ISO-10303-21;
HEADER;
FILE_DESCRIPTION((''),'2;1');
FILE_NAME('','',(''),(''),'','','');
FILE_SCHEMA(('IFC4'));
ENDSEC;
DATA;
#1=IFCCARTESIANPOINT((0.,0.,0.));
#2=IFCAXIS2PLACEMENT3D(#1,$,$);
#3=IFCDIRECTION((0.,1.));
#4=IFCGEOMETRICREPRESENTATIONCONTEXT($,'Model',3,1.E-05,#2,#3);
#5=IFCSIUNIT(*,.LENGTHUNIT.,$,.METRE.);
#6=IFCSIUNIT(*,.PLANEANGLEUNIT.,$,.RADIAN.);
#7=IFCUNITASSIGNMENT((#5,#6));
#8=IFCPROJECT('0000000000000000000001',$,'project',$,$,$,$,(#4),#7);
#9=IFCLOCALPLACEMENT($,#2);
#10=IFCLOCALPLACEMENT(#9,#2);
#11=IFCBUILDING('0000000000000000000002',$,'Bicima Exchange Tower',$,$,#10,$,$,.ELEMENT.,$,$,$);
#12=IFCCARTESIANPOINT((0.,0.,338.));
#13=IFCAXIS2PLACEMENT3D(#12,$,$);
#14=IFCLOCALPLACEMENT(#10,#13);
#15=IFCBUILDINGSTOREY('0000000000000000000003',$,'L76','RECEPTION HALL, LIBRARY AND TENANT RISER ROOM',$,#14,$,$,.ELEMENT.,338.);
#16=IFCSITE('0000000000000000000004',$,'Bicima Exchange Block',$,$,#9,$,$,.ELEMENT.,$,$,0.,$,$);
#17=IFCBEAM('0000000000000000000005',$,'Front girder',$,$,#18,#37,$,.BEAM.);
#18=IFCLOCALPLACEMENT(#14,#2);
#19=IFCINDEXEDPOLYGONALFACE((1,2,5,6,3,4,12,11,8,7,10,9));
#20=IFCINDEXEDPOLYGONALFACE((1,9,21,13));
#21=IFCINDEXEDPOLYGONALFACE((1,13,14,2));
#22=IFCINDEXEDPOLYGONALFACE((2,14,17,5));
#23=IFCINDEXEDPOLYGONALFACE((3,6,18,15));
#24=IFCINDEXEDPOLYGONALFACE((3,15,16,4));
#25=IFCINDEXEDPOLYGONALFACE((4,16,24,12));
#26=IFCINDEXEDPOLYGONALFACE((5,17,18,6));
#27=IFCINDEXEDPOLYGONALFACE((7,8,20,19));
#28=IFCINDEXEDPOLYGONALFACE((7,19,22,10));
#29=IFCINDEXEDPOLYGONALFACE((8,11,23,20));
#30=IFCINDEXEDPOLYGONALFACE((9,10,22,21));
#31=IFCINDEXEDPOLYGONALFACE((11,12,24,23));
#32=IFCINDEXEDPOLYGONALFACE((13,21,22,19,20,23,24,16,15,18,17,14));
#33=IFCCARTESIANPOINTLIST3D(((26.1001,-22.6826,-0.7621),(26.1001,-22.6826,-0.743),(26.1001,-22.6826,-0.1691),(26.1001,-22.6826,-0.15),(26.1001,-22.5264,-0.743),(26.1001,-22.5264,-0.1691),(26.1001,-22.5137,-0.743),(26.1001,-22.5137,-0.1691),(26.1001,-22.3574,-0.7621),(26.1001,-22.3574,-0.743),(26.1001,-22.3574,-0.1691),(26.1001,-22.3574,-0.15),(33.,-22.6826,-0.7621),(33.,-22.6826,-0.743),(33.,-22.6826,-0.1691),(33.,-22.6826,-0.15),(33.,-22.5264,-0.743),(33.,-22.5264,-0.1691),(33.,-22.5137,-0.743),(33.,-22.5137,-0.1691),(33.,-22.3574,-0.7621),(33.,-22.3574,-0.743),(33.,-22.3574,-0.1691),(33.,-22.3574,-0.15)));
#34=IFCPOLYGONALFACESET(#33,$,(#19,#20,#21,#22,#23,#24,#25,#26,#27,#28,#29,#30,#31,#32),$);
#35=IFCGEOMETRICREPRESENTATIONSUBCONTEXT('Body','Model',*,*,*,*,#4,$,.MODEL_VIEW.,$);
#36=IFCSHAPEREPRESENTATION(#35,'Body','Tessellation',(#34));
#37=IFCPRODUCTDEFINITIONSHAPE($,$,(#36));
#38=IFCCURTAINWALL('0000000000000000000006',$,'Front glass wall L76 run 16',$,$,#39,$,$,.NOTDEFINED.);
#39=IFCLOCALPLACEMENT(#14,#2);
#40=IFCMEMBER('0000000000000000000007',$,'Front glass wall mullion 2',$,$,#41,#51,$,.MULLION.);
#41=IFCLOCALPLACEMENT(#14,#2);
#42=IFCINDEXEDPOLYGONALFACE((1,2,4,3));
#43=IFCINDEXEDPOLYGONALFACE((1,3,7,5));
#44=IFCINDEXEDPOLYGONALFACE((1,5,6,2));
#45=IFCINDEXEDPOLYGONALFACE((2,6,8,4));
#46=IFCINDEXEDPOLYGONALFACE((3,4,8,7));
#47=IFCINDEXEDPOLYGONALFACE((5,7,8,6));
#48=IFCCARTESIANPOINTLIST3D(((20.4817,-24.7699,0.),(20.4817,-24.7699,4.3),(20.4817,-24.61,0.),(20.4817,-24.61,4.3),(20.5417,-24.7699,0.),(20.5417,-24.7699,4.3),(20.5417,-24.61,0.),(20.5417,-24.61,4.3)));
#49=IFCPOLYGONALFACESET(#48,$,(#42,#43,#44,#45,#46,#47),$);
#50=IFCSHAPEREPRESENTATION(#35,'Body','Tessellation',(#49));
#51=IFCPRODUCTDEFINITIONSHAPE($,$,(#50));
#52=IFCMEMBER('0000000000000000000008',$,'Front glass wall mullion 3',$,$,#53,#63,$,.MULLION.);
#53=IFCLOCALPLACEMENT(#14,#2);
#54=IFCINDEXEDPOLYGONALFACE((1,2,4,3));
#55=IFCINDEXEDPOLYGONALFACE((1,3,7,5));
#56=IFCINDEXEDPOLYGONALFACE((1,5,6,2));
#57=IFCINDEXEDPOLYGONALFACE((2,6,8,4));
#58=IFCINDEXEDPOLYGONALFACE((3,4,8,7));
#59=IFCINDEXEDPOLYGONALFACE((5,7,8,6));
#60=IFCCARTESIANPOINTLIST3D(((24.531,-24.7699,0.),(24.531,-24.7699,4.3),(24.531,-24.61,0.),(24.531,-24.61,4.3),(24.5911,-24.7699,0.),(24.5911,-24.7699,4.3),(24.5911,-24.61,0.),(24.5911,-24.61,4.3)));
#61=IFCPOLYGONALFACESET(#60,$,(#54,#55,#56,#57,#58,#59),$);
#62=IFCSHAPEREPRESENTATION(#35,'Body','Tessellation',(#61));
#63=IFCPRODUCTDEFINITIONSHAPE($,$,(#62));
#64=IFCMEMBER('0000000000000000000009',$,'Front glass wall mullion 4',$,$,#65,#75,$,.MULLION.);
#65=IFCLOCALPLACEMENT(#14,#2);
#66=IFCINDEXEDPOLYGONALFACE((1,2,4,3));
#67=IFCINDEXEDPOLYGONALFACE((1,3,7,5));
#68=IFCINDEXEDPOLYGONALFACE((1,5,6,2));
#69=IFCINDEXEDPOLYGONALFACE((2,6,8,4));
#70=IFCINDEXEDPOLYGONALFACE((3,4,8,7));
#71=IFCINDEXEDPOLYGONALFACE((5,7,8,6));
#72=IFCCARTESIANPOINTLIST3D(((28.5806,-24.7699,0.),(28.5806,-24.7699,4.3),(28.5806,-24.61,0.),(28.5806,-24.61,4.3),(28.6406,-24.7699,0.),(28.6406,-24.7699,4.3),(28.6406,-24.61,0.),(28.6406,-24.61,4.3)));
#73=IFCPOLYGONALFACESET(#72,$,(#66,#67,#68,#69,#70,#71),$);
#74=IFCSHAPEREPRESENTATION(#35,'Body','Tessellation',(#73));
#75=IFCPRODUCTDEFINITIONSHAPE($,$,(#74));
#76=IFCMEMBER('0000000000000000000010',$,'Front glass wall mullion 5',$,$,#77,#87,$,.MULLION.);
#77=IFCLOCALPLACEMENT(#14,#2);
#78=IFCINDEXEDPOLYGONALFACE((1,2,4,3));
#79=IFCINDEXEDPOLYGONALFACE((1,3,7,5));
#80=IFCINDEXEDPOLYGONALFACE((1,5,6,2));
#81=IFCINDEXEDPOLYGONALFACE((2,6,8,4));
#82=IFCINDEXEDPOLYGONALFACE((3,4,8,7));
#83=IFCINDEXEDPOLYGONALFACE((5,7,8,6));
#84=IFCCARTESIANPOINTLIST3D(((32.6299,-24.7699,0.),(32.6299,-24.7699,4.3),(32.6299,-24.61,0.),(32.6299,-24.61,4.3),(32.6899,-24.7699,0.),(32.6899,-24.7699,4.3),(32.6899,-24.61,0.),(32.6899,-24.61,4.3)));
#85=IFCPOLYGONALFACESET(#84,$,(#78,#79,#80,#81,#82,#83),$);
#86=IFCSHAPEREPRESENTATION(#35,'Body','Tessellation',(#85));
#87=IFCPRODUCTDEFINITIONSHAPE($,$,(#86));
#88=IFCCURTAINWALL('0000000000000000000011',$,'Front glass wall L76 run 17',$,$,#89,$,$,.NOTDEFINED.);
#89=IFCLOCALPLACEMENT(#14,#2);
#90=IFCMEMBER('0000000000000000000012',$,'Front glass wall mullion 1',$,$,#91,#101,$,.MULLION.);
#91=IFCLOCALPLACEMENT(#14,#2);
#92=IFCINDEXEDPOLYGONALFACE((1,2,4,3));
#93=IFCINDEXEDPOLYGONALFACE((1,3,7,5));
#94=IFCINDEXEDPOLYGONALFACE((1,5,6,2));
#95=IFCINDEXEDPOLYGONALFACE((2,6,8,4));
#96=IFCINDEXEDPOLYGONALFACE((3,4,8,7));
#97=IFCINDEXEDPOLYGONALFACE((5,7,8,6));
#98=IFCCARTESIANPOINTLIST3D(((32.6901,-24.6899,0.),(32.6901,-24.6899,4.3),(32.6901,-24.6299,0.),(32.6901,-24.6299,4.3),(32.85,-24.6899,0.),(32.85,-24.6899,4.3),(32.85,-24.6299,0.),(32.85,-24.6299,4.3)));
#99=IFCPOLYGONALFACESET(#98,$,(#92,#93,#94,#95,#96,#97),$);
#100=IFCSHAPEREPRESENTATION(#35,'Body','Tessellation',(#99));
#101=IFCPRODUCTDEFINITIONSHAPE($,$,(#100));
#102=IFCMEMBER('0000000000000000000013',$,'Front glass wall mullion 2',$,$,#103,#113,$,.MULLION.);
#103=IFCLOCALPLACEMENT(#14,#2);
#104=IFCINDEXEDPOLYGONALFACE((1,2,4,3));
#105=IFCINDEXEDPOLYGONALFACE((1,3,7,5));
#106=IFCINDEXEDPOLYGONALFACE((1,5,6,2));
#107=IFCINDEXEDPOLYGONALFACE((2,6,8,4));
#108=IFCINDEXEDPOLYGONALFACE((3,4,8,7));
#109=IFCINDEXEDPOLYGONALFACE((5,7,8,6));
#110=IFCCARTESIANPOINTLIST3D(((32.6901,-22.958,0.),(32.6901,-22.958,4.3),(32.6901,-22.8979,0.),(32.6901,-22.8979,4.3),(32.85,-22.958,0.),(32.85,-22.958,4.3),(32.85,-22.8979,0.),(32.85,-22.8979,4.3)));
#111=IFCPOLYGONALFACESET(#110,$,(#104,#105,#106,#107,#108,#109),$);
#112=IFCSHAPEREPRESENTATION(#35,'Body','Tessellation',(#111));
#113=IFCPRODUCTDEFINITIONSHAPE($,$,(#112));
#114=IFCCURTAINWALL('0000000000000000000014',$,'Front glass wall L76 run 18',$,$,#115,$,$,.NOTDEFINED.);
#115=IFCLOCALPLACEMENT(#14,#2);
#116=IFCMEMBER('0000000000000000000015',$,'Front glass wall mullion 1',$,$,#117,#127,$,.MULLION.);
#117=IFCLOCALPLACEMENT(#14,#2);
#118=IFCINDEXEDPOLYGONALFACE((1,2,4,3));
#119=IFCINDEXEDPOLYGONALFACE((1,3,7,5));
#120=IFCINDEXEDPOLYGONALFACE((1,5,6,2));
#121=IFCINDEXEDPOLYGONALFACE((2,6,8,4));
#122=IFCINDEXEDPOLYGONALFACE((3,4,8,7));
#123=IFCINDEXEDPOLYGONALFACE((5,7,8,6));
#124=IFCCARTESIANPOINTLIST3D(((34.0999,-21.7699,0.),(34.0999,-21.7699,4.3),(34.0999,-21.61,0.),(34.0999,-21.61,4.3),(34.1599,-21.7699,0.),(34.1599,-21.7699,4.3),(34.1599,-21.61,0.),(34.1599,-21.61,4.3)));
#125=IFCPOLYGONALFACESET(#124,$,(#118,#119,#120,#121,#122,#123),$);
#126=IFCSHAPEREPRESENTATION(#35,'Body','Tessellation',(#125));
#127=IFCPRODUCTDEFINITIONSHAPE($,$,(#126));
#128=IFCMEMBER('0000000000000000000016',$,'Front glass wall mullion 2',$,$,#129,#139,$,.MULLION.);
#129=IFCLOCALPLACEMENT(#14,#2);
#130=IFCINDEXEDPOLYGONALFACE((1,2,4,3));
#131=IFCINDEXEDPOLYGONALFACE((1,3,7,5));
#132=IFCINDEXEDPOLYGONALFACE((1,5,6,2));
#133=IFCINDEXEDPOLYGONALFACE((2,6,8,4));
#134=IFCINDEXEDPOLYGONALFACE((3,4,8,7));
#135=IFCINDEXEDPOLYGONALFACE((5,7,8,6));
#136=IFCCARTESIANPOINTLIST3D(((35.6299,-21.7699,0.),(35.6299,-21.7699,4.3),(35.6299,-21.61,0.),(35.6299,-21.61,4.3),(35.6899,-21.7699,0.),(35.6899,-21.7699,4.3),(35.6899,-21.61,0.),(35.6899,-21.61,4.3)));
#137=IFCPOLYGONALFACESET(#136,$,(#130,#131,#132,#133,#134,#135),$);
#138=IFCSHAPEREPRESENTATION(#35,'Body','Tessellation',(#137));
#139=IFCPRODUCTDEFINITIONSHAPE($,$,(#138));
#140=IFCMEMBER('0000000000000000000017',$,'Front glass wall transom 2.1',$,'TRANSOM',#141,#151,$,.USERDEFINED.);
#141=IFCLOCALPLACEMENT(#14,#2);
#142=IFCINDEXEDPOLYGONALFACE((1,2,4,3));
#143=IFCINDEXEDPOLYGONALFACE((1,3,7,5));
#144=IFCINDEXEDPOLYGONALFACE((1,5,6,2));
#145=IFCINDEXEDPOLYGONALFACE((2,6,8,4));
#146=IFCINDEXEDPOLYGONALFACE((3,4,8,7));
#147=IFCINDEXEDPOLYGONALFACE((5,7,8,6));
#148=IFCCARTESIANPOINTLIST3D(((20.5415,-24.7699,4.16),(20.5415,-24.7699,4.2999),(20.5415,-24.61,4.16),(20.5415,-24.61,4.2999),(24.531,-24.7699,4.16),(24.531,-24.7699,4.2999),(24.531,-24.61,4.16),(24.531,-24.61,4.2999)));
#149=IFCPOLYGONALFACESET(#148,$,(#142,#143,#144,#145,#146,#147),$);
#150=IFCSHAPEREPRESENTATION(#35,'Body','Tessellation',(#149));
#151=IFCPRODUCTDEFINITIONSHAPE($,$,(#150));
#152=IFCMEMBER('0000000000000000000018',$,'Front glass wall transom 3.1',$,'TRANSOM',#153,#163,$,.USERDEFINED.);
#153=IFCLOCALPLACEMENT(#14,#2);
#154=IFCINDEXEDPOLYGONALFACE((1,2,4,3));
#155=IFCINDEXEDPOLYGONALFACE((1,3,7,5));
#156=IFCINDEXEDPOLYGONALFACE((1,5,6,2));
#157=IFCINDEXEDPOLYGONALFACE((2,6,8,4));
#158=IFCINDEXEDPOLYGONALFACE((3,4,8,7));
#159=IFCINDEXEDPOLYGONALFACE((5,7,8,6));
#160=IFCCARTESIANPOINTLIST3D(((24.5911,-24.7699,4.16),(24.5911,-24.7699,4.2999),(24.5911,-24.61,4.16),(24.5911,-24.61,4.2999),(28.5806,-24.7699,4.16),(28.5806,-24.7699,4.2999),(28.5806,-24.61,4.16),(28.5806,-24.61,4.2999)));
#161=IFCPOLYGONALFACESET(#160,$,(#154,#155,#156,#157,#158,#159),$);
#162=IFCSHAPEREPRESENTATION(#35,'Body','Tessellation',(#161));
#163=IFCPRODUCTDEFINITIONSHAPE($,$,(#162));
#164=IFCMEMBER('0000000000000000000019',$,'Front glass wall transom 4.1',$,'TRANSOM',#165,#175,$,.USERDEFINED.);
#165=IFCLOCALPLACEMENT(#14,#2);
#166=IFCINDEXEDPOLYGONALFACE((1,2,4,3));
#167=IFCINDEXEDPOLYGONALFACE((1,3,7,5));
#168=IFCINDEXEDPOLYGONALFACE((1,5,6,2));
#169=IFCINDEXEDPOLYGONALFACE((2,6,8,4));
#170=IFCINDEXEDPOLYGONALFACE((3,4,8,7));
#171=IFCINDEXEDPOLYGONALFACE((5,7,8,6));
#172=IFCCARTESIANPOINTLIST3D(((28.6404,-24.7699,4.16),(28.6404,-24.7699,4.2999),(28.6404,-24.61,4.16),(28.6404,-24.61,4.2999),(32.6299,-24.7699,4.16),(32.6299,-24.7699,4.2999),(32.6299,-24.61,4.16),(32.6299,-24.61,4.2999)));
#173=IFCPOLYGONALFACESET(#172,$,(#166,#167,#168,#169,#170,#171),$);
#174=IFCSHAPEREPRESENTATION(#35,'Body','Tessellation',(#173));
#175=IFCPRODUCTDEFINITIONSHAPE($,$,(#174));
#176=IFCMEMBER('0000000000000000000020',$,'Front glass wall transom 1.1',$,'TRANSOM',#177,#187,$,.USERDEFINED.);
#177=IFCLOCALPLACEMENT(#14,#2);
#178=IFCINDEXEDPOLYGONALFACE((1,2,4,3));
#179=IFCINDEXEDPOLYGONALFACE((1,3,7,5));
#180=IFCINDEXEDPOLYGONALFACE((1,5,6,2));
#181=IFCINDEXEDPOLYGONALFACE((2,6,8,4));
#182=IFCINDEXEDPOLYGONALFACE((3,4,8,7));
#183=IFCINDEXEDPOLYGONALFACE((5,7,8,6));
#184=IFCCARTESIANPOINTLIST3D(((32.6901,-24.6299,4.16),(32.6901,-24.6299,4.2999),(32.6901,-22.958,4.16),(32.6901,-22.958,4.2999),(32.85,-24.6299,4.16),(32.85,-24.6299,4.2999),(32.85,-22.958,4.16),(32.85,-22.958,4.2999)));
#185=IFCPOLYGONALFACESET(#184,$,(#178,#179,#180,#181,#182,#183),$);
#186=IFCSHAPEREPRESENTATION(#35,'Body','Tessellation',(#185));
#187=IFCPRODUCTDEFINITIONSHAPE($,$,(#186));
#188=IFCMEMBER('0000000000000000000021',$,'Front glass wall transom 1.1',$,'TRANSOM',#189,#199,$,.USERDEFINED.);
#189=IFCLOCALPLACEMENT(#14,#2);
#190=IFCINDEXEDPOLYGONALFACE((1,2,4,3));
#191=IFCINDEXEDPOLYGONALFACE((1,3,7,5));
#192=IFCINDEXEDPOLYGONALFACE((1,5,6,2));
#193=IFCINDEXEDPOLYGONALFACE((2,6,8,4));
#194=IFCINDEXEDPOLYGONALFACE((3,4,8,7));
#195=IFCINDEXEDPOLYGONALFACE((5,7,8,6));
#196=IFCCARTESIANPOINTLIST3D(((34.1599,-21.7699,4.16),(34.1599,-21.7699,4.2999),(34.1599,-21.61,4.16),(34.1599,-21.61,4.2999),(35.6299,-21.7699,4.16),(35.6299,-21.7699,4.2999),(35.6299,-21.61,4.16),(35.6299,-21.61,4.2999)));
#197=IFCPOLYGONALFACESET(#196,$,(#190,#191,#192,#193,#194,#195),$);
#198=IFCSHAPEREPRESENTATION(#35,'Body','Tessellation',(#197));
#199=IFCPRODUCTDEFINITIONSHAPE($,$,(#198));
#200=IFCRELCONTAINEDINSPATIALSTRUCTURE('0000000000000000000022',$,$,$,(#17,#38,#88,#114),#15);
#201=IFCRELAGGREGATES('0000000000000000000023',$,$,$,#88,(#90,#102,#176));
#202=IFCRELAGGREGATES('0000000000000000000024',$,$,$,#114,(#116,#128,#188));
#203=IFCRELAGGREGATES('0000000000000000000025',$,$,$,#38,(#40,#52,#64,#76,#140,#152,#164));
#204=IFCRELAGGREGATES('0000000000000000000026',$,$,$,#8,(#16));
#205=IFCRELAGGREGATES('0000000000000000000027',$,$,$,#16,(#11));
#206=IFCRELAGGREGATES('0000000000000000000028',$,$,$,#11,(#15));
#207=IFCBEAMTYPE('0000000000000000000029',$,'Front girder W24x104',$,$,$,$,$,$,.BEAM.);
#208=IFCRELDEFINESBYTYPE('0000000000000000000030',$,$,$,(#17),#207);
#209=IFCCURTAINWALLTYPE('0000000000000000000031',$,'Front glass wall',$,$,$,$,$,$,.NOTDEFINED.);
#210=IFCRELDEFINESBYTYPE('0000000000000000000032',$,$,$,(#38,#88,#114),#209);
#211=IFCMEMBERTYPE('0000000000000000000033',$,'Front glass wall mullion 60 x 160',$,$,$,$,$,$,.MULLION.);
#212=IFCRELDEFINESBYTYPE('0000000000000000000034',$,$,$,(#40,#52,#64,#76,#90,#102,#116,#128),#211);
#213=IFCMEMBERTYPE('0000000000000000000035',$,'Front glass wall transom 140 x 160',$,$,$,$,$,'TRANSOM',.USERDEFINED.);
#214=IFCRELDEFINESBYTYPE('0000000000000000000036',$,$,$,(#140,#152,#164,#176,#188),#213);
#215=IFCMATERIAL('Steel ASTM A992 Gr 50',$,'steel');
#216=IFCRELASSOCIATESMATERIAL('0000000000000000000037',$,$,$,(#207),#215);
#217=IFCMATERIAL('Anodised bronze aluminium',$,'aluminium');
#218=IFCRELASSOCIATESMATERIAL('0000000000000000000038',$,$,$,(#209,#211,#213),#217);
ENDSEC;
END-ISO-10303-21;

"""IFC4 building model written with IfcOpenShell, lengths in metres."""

from ifc_helpers import new_model, si_unit, direction, frame, origin, origin_2d, place, context, subcontext, project, spatial, rectangle, i_section, extrude, material, material_profile, profile_set, type_object, element, aggregate, save


model = new_model("IFC4")

# Units and contexts
model_context = context("Model", 3, precision=1e-05, world=origin(), true_north=direction((0.0, 1.0)))
body_context = subcontext(model_context, "Body", "Model", "MODEL_VIEW")
ifc_project = project(units=[si_unit("LENGTHUNIT", "METRE"), si_unit("PLANEANGLEUNIT", "RADIAN")], contexts=[model_context])

# Site, building, storey
site_placement = place(None, origin())
site = spatial("IfcSite", under=ifc_project, at=site_placement, Name="Bicima Exchange Block", CompositionType="ELEMENT", RefElevation=0.0)
building_placement = place(site_placement, origin())
building = spatial("IfcBuilding", under=site, at=building_placement, Name="Bicima Exchange Tower", CompositionType="ELEMENT")
storey_placement = place(building_placement, frame((0.0, 0.0, 338.0)))
storey = spatial("IfcBuildingStorey", under=building, at=storey_placement, Name="L76", Description="RECEPTION HALL, LIBRARY AND TENANT RISER ROOM", CompositionType="ELEMENT", Elevation=338.0)

# Shared definitions
ifc_material_1 = material(Name="Steel ASTM A992 Gr 50", Category="steel")

# Shared definitions
ifc_material_2 = material(Name="Anodised bronze aluminium", Category="aluminium")
ifc_material_profile_1 = material_profile(ifc_material_2, rectangle(XDim=0.1599, YDim=0.0601, at=origin_2d()))
ifc_profile_set_1 = profile_set([ifc_material_profile_1], Name="Anodised bronze aluminium")
ifc_material_profile_2 = material_profile(ifc_material_2, rectangle(XDim=0.1599, YDim=0.1399, at=origin_2d()))
ifc_profile_set_2 = profile_set([ifc_material_profile_2], Name="Anodised bronze aluminium")

# Beam
ifc_material_profile_3 = material_profile(ifc_material_1, i_section(OverallWidth=0.3252, OverallDepth=0.6121, WebThickness=0.0127, FlangeThickness=0.019, at=origin_2d()))
ifc_profile_set_3 = profile_set([ifc_material_profile_3], Name="Steel ASTM A992 Gr 50")
beam_type_1 = type_object("IfcBeamType", Name="Front girder W24x104", PredefinedType="BEAM", material=ifc_profile_set_3)
beam_1_placement = place(storey_placement, frame((26.1001, -22.52, -0.4561), z_axis=(1.0, 0.0, 0.0), x_axis=(0.0, 1.0, 0.0)))
element("IfcBeam", 1, at=beam_1_placement, inside=storey, type_object=beam_type_1, Name="Front girder", PredefinedType="BEAM", context=body_context, shape_type="SweptSolid", body=[
    extrude(i_section(OverallWidth=0.3252, OverallDepth=0.6121, WebThickness=0.0127, FlangeThickness=0.019, at=origin_2d()), origin(), (0.0, 0.0, 1.0), 6.8999),
])

# Curtain walls, members
curtain_wall_type_1 = type_object("IfcCurtainWallType", Name="Front glass wall", PredefinedType="NOTDEFINED", material=ifc_material_2)
curtain_wall_1_placement = place(storey_placement, origin())
curtain_wall_1 = element("IfcCurtainWall", 2, at=curtain_wall_1_placement, inside=storey, type_object=curtain_wall_type_1, Name="Front glass wall L76 run 16", PredefinedType="NOTDEFINED")
member_type_1 = type_object("IfcMemberType", Name="Front glass wall mullion 60 x 160", PredefinedType="MULLION", material=ifc_profile_set_1)
member_1_placement = place(storey_placement, frame((20.5117, -24.6899, 0.0), z_axis=(0.0, 0.0, 1.0), x_axis=(0.0, 1.0, 0.0)))
member_1 = element("IfcMember", 3, at=member_1_placement, type_object=member_type_1, Name="Front glass wall mullion 2", PredefinedType="MULLION", context=body_context, shape_type="SweptSolid", body=[
    extrude(rectangle(XDim=0.1599, YDim=0.0601, at=origin_2d()), origin(), (0.0, 0.0, 1.0), 4.3),
])
member_2_placement = place(storey_placement, frame((24.561, -24.6899, 0.0), z_axis=(0.0, 0.0, 1.0), x_axis=(0.0, 1.0, 0.0)))
member_2 = element("IfcMember", 4, at=member_2_placement, type_object=member_type_1, Name="Front glass wall mullion 3", PredefinedType="MULLION", context=body_context, shape_type="SweptSolid", body=[
    extrude(rectangle(XDim=0.1599, YDim=0.0601, at=origin_2d()), origin(), (0.0, 0.0, 1.0), 4.3),
])
member_3_placement = place(storey_placement, frame((28.6106, -24.6899, 0.0), z_axis=(0.0, 0.0, 1.0), x_axis=(0.0, 1.0, 0.0)))
member_3 = element("IfcMember", 5, at=member_3_placement, type_object=member_type_1, Name="Front glass wall mullion 4", PredefinedType="MULLION", context=body_context, shape_type="SweptSolid", body=[
    extrude(rectangle(XDim=0.1599, YDim=0.0601, at=origin_2d()), origin(), (0.0, 0.0, 1.0), 4.3),
])
member_4_placement = place(storey_placement, frame((32.6599, -24.6899, 0.0), z_axis=(0.0, 0.0, 1.0), x_axis=(0.0, 1.0, 0.0)))
member_4 = element("IfcMember", 6, at=member_4_placement, type_object=member_type_1, Name="Front glass wall mullion 5", PredefinedType="MULLION", context=body_context, shape_type="SweptSolid", body=[
    extrude(rectangle(XDim=0.1599, YDim=0.0601, at=origin_2d()), origin(), (0.0, 0.0, 1.0), 4.3),
])
curtain_wall_2_placement = place(storey_placement, origin())
curtain_wall_2 = element("IfcCurtainWall", 7, at=curtain_wall_2_placement, inside=storey, type_object=curtain_wall_type_1, Name="Front glass wall L76 run 17", PredefinedType="NOTDEFINED")
member_5_placement = place(storey_placement, frame((32.77, -24.6599, 0.0), z_axis=(0.0, 0.0, 1.0), x_axis=(-1.0, 0.0, 0.0)))
member_5 = element("IfcMember", 8, at=member_5_placement, type_object=member_type_1, Name="Front glass wall mullion 1", PredefinedType="MULLION", context=body_context, shape_type="SweptSolid", body=[
    extrude(rectangle(XDim=0.1599, YDim=0.0601, at=origin_2d()), origin(), (0.0, 0.0, 1.0), 4.3),
])
member_6_placement = place(storey_placement, frame((32.77, -22.928, 0.0), z_axis=(0.0, 0.0, 1.0), x_axis=(-1.0, 0.0, 0.0)))
member_6 = element("IfcMember", 9, at=member_6_placement, type_object=member_type_1, Name="Front glass wall mullion 2", PredefinedType="MULLION", context=body_context, shape_type="SweptSolid", body=[
    extrude(rectangle(XDim=0.1599, YDim=0.0601, at=origin_2d()), origin(), (0.0, 0.0, 1.0), 4.3),
])
curtain_wall_3_placement = place(storey_placement, origin())
curtain_wall_3 = element("IfcCurtainWall", 10, at=curtain_wall_3_placement, inside=storey, type_object=curtain_wall_type_1, Name="Front glass wall L76 run 18", PredefinedType="NOTDEFINED")
member_7_placement = place(storey_placement, frame((34.1299, -21.6899, 0.0), z_axis=(0.0, 0.0, 1.0), x_axis=(0.0, 1.0, 0.0)))
member_7 = element("IfcMember", 11, at=member_7_placement, type_object=member_type_1, Name="Front glass wall mullion 1", PredefinedType="MULLION", context=body_context, shape_type="SweptSolid", body=[
    extrude(rectangle(XDim=0.1599, YDim=0.0601, at=origin_2d()), origin(), (0.0, 0.0, 1.0), 4.3),
])
member_8_placement = place(storey_placement, frame((35.6599, -21.6899, 0.0), z_axis=(0.0, 0.0, 1.0), x_axis=(0.0, 1.0, 0.0)))
member_8 = element("IfcMember", 12, at=member_8_placement, type_object=member_type_1, Name="Front glass wall mullion 2", PredefinedType="MULLION", context=body_context, shape_type="SweptSolid", body=[
    extrude(rectangle(XDim=0.1599, YDim=0.0601, at=origin_2d()), origin(), (0.0, 0.0, 1.0), 4.3),
])

# Members
member_type_2 = type_object("IfcMemberType", Name="Front glass wall transom 140 x 160", ElementType="TRANSOM", PredefinedType="USERDEFINED", material=ifc_profile_set_2)
member_9_placement = place(storey_placement, frame((20.5415, -24.6899, 4.23), z_axis=(1.0, 0.0, 0.0), x_axis=(0.0, 1.0, 0.0)))
member_9 = element("IfcMember", 13, at=member_9_placement, type_object=member_type_2, Name="Front glass wall transom 2.1", ObjectType="TRANSOM", PredefinedType="USERDEFINED", context=body_context, shape_type="SweptSolid", body=[
    extrude(rectangle(XDim=0.1599, YDim=0.1399, at=origin_2d()), origin(), (0.0, 0.0, 1.0), 3.9895),
])
member_10_placement = place(storey_placement, frame((24.5911, -24.6899, 4.23), z_axis=(1.0, 0.0, 0.0), x_axis=(0.0, 1.0, 0.0)))
member_10 = element("IfcMember", 14, at=member_10_placement, type_object=member_type_2, Name="Front glass wall transom 3.1", ObjectType="TRANSOM", PredefinedType="USERDEFINED", context=body_context, shape_type="SweptSolid", body=[
    extrude(rectangle(XDim=0.1599, YDim=0.1399, at=origin_2d()), origin(), (0.0, 0.0, 1.0), 3.9895),
])
member_11_placement = place(storey_placement, frame((28.6404, -24.6899, 4.23), z_axis=(1.0, 0.0, 0.0), x_axis=(0.0, 1.0, 0.0)))
member_11 = element("IfcMember", 15, at=member_11_placement, type_object=member_type_2, Name="Front glass wall transom 4.1", ObjectType="TRANSOM", PredefinedType="USERDEFINED", context=body_context, shape_type="SweptSolid", body=[
    extrude(rectangle(XDim=0.1599, YDim=0.1399, at=origin_2d()), origin(), (0.0, 0.0, 1.0), 3.9895),
])
member_12_placement = place(storey_placement, frame((32.77, -24.6299, 4.23), z_axis=(0.0, 1.0, 0.0), x_axis=(-1.0, 0.0, 0.0)))
member_12 = element("IfcMember", 16, at=member_12_placement, type_object=member_type_2, Name="Front glass wall transom 1.1", ObjectType="TRANSOM", PredefinedType="USERDEFINED", context=body_context, shape_type="SweptSolid", body=[
    extrude(rectangle(XDim=0.1599, YDim=0.1399, at=origin_2d()), origin(), (0.0, 0.0, 1.0), 1.6719),
])
member_13_placement = place(storey_placement, frame((34.1599, -21.6899, 4.23), z_axis=(1.0, 0.0, 0.0), x_axis=(0.0, 1.0, 0.0)))
member_13 = element("IfcMember", 17, at=member_13_placement, type_object=member_type_2, Name="Front glass wall transom 1.1", ObjectType="TRANSOM", PredefinedType="USERDEFINED", context=body_context, shape_type="SweptSolid", body=[
    extrude(rectangle(XDim=0.1599, YDim=0.1399, at=origin_2d()), origin(), (0.0, 0.0, 1.0), 1.47),
])

aggregate(curtain_wall_2, [member_5, member_6, member_12])
aggregate(curtain_wall_3, [member_7, member_8, member_13])
aggregate(curtain_wall_1, [member_1, member_2, member_3, member_4, member_9, member_10, member_11])

save(model, "model.ifc")
